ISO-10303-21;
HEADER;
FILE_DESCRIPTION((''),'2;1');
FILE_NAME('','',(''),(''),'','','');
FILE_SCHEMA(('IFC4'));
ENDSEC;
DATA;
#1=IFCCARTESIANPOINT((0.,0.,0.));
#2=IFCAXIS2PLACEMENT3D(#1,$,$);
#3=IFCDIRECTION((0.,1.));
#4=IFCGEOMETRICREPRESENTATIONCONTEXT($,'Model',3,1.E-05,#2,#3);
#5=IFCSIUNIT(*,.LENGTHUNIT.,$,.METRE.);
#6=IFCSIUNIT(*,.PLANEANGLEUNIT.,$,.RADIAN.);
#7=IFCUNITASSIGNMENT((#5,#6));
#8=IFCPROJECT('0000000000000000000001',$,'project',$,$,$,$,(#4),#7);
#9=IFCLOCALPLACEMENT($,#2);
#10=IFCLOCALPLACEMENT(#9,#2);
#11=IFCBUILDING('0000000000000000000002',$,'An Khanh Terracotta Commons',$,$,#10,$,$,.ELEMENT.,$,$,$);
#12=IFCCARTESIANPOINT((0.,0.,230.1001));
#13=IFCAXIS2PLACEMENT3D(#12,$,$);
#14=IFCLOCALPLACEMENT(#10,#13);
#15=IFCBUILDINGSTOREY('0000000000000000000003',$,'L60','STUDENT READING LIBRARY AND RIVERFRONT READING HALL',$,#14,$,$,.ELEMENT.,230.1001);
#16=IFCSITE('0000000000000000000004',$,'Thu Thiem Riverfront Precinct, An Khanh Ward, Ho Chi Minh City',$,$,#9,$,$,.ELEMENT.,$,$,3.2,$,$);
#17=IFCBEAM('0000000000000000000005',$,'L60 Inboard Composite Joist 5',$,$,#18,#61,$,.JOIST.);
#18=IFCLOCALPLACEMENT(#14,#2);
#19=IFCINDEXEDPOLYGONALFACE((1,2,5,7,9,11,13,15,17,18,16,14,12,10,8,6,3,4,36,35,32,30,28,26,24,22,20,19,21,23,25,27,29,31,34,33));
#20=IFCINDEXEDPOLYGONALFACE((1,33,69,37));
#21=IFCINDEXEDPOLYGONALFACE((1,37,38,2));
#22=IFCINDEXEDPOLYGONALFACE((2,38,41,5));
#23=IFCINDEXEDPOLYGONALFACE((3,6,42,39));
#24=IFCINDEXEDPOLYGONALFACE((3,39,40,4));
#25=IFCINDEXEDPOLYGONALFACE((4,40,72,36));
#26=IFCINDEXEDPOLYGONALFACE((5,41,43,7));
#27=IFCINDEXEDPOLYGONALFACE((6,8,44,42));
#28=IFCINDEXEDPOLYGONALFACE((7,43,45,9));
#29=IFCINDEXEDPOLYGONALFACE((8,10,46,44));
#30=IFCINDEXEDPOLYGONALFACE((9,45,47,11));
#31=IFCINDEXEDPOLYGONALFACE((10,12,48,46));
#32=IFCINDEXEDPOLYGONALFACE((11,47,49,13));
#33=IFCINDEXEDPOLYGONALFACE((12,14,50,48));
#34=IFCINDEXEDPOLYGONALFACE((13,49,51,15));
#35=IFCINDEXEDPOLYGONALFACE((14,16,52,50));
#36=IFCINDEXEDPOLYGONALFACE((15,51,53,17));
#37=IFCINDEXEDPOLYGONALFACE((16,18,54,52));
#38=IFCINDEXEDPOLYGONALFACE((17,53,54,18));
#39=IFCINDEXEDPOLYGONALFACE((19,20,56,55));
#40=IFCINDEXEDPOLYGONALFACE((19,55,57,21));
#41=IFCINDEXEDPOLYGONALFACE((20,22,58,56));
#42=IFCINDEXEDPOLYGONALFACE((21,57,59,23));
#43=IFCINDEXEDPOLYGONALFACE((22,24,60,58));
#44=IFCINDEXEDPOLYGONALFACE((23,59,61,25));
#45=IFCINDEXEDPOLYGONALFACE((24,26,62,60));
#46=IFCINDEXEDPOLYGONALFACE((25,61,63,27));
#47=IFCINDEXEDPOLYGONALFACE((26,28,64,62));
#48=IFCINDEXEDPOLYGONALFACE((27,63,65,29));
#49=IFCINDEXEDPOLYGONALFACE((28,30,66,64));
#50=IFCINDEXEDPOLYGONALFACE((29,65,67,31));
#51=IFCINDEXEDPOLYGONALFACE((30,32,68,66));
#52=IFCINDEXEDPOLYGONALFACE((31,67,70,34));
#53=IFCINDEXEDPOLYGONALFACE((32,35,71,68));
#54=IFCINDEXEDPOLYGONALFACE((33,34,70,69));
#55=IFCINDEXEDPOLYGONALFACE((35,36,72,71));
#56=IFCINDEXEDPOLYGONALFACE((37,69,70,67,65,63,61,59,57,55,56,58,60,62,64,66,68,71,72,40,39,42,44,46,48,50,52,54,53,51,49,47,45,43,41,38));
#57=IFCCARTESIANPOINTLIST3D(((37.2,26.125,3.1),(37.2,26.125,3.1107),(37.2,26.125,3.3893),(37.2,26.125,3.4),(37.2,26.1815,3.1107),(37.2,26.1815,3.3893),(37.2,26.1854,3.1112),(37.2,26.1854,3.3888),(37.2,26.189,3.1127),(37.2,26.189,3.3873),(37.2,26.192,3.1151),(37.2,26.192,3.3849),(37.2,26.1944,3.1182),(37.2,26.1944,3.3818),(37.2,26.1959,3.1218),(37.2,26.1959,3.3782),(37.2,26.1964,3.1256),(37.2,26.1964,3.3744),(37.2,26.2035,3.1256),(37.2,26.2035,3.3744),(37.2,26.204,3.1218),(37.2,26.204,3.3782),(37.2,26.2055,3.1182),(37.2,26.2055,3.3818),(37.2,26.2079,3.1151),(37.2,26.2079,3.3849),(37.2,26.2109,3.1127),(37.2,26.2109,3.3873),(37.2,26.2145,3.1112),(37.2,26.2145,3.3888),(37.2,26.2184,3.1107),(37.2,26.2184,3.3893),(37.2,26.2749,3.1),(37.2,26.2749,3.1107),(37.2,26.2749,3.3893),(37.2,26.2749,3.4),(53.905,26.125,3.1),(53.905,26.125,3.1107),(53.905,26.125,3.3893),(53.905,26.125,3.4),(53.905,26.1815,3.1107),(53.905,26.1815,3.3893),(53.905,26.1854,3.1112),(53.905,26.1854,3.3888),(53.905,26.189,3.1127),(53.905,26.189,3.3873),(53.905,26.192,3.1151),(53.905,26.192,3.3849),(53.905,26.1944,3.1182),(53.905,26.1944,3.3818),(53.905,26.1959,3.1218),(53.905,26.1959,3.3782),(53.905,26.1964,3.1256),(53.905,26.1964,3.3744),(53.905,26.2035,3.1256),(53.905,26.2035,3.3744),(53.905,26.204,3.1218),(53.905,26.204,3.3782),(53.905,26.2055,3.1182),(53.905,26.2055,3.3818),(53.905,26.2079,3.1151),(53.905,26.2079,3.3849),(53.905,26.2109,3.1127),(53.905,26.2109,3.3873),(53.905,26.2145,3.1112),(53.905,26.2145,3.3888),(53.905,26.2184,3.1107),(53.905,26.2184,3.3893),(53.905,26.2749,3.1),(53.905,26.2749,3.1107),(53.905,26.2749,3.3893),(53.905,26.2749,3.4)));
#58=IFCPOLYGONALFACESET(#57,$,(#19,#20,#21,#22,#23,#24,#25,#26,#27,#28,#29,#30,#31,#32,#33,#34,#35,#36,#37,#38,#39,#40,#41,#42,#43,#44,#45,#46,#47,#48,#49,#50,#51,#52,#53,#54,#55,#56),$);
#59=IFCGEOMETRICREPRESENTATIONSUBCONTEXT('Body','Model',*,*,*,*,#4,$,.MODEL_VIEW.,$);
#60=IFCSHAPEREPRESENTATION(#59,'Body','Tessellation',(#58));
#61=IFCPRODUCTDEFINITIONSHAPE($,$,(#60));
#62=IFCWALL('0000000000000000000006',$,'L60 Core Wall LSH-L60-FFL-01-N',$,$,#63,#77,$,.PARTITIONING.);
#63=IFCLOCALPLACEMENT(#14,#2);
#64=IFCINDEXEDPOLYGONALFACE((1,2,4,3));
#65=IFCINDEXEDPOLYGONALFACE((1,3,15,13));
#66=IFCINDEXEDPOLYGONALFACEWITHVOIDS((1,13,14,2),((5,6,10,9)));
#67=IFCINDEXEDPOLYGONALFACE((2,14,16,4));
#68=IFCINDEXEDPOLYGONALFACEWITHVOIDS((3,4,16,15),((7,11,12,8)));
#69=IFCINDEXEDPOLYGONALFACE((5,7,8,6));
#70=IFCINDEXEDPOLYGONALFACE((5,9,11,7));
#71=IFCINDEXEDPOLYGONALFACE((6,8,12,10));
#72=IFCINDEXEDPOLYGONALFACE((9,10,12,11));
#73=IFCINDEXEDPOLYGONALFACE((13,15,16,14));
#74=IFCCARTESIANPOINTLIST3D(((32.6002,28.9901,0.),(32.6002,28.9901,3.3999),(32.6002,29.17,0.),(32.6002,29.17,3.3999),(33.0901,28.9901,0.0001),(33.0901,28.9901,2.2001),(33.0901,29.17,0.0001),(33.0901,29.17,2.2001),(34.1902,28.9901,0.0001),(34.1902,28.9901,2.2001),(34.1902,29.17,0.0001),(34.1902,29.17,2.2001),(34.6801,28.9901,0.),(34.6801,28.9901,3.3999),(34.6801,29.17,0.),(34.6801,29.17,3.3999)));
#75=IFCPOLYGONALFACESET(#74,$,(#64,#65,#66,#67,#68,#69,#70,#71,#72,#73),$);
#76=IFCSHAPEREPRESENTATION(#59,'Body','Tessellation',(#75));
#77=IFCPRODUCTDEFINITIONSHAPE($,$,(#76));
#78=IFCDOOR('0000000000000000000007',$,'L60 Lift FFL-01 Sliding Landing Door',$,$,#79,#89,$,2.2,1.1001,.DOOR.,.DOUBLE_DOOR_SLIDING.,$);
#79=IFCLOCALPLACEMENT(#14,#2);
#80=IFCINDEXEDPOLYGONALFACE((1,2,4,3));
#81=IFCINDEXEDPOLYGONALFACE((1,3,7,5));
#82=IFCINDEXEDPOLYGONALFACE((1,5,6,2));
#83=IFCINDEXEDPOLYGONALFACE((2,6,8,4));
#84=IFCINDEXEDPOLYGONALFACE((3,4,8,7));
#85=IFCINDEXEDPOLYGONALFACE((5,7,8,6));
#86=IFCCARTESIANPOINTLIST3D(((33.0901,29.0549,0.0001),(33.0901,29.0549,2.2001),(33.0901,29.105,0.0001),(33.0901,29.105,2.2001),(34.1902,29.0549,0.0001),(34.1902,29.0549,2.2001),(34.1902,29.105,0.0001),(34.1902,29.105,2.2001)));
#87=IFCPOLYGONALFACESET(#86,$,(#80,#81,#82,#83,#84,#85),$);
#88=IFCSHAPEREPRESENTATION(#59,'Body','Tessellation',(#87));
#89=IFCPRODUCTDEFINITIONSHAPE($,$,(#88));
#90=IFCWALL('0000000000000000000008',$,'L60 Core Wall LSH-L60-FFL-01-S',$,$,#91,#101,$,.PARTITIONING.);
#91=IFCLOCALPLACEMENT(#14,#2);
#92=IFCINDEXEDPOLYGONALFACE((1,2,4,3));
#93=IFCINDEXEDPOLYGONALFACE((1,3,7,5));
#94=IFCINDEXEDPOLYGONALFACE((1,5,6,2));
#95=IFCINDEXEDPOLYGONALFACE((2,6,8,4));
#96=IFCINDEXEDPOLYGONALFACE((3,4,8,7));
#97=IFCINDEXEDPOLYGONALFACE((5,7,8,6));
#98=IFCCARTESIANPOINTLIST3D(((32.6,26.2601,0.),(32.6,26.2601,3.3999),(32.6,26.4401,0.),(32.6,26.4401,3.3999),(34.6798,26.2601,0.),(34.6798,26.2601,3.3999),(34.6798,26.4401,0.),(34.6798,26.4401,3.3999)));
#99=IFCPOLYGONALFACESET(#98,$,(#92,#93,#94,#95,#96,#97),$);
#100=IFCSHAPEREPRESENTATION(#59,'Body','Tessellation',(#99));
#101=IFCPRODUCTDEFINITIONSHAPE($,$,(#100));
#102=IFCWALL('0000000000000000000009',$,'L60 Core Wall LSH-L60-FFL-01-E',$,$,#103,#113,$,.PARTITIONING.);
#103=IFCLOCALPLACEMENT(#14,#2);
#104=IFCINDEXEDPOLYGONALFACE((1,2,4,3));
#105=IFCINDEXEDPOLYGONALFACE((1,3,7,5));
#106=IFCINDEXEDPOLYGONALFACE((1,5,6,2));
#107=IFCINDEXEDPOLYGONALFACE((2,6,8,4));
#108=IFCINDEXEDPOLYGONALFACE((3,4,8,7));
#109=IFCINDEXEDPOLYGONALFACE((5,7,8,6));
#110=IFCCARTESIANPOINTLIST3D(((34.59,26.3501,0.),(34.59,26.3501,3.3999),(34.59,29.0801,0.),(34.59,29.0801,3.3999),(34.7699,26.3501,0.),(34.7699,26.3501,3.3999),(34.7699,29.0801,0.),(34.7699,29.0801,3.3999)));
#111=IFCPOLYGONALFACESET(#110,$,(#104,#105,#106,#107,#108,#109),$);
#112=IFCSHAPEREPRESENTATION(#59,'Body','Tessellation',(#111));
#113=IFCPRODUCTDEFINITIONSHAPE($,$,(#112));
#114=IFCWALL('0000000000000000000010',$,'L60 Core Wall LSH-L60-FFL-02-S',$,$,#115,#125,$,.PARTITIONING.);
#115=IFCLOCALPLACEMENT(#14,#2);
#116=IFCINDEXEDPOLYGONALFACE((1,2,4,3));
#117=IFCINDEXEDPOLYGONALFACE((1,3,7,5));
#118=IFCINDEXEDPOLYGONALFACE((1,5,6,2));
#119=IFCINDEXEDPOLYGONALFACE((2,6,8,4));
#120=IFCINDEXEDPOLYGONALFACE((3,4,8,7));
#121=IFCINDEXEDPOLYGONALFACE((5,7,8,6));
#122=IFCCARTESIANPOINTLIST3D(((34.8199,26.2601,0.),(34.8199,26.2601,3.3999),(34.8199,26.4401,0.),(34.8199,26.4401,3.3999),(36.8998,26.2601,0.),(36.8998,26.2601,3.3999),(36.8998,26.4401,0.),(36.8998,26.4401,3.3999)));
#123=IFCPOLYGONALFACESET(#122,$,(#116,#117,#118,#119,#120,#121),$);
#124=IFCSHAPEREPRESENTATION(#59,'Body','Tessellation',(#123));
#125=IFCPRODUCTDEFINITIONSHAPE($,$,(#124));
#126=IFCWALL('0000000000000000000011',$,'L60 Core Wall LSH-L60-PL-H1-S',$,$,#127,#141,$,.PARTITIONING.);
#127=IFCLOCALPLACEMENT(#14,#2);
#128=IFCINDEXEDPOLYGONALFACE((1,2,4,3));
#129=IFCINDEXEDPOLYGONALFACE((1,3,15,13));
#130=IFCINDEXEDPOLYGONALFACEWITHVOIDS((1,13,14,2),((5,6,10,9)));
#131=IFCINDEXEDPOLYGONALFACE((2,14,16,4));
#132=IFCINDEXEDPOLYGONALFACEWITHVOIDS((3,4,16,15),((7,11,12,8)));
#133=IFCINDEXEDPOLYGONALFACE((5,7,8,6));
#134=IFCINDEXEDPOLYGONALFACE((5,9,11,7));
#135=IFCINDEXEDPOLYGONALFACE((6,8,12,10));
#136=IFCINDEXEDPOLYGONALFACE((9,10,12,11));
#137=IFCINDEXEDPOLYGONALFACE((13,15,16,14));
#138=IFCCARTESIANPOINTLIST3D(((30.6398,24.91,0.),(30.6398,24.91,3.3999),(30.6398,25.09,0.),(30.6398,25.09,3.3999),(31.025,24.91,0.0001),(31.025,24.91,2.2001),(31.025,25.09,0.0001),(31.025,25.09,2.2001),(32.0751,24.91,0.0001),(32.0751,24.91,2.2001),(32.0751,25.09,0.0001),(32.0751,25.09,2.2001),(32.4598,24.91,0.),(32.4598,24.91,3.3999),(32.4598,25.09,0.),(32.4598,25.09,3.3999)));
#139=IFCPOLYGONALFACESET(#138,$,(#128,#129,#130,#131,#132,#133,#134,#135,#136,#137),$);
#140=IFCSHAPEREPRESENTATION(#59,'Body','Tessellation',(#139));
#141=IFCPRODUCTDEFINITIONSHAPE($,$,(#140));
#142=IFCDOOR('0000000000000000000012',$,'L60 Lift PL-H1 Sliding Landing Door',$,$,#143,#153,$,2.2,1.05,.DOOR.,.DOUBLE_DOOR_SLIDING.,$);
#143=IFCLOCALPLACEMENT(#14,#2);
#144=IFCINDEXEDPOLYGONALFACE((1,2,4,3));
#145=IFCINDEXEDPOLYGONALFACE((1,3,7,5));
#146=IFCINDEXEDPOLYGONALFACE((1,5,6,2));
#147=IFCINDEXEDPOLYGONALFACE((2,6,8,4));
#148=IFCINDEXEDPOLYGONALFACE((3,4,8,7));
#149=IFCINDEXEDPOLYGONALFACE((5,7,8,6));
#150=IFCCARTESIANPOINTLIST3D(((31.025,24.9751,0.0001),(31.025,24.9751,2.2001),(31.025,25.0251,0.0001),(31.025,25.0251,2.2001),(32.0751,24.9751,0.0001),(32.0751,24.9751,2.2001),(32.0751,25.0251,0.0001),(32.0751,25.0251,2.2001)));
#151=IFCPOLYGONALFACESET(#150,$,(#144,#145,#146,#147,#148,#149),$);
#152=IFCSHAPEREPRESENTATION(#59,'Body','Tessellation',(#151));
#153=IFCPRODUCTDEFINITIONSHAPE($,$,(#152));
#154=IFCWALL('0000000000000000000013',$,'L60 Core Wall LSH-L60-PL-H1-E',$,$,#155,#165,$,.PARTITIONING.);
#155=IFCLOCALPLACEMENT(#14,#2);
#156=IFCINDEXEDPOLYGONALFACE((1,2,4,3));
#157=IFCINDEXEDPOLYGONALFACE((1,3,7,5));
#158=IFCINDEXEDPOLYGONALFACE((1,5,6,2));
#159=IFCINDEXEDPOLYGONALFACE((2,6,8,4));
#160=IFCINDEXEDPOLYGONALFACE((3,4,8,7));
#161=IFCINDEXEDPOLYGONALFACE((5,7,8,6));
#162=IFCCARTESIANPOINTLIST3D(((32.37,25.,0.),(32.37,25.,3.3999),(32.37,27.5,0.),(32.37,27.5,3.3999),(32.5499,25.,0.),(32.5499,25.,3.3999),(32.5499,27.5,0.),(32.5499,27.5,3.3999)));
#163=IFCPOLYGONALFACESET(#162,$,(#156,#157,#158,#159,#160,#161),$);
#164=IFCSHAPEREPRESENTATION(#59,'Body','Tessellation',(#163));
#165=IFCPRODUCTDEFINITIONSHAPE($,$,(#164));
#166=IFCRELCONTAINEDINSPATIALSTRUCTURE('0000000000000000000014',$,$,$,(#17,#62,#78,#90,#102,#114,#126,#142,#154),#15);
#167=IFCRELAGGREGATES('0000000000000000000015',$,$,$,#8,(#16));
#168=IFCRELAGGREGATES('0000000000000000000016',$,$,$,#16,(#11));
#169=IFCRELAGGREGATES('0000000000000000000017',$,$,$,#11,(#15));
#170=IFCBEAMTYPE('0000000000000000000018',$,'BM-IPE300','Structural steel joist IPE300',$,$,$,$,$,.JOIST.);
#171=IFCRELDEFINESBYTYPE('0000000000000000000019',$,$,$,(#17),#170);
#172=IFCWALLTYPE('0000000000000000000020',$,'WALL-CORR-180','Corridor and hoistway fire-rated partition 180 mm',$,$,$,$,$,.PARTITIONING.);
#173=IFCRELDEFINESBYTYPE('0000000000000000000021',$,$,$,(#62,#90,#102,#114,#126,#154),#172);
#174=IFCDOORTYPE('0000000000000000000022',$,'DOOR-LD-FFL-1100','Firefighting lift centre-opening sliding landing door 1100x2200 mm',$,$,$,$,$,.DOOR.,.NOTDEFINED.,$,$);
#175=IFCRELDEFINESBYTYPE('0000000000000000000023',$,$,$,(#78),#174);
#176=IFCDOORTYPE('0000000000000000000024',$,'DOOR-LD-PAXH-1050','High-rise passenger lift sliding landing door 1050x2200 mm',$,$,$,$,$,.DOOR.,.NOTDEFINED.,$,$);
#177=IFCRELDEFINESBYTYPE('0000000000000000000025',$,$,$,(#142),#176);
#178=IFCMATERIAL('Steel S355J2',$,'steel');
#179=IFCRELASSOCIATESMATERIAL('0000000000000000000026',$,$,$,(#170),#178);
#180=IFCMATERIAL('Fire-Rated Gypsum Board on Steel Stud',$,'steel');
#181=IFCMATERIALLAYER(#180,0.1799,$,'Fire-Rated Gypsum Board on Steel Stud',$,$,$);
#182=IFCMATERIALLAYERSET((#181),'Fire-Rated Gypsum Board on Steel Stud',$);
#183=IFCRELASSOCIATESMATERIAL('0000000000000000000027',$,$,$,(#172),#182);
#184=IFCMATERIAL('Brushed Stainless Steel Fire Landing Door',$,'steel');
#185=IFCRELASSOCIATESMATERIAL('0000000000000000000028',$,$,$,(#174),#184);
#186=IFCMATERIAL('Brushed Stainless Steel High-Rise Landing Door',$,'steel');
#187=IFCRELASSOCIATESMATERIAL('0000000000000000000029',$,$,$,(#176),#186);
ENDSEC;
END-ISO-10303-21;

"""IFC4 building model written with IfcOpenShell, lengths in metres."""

from ifc_helpers import new_model, si_unit, direction, frame, frame_2d, origin, origin_2d, place, context, subcontext, project, spatial, rectangle, i_section, extrude, material, layer, layer_set, material_profile, profile_set, type_object, element, fill, save


model = new_model("IFC4")

# Units and contexts
model_context = context("Model", 3, precision=1e-05, world=origin(), true_north=direction((0.0, 1.0)))
body_context = subcontext(model_context, "Body", "Model", "MODEL_VIEW")
ifc_project = project(units=[si_unit("LENGTHUNIT", "METRE"), si_unit("PLANEANGLEUNIT", "RADIAN")], contexts=[model_context])

# Site, building, storey
site_placement = place(None, origin())
site = spatial("IfcSite", under=ifc_project, at=site_placement, Name="Thu Thiem Riverfront Precinct, An Khanh Ward, Ho Chi Minh City", CompositionType="ELEMENT", RefElevation=3.2)
building_placement = place(site_placement, origin())
building = spatial("IfcBuilding", under=site, at=building_placement, Name="An Khanh Terracotta Commons", CompositionType="ELEMENT")
storey_placement = place(building_placement, frame((0.0, 0.0, 230.1001)))
storey = spatial("IfcBuildingStorey", under=building, at=storey_placement, Name="L60", Description="STUDENT READING LIBRARY AND RIVERFRONT READING HALL", CompositionType="ELEMENT", Elevation=230.1001)

# Beam
ifc_material_1 = material(Name="Steel S355J2", Category="steel")
ifc_material_profile_1 = material_profile(ifc_material_1, i_section(OverallWidth=0.1499, OverallDepth=0.3, WebThickness=0.0071, FlangeThickness=0.0107, FilletRadius=0.0149, at=origin_2d()), Name="IPE300")
ifc_profile_set_1 = profile_set([ifc_material_profile_1], Name="Steel S355J2")
beam_type_1 = type_object("IfcBeamType", Name="BM-IPE300", Description="Structural steel joist IPE300", PredefinedType="JOIST", material=ifc_profile_set_1)
for number, where, z_axis, x_axis, name in (
    (1, (37.2, 26.2, 3.25), (1.0, 0.0, 0.0), (0.0, 1.0, 0.0), "L60 Inboard Composite Joist 5"),
):
    element("IfcBeam", number, at=place(storey_placement, frame(where, z_axis=z_axis, x_axis=x_axis)), inside=storey, type_object=beam_type_1, Name=name, PredefinedType="JOIST", context=body_context, shape_type="SweptSolid", body=[
        extrude(i_section(OverallWidth=0.1499, OverallDepth=0.3, WebThickness=0.0071, FlangeThickness=0.0107, FilletRadius=0.0149, at=origin_2d()), origin(), (0.0, 0.0, 1.0), 16.7051),
    ])

# Wall, opening, door
ifc_material_2 = material(Name="Fire-Rated Gypsum Board on Steel Stud", Category="steel")
ifc_layer = layer(ifc_material_2, 0.1799, Name="Fire-Rated Gypsum Board on Steel Stud")
ifc_layer_set = layer_set([ifc_layer], Name="Fire-Rated Gypsum Board on Steel Stud")
wall_type = type_object("IfcWallType", Name="WALL-CORR-180", Description="Corridor and hoistway fire-rated partition 180 mm", PredefinedType="PARTITIONING", material=ifc_layer_set)
wall_1_placement = place(storey_placement, frame((32.6001, 29.0801, 0.0), z_axis=(0.0, 0.0, 1.0), x_axis=(1.0, 0.0, 0.0)))
wall_1 = element("IfcWall", 2, at=wall_1_placement, inside=storey, type_object=wall_type, Name="L60 Core Wall LSH-L60-FFL-01-N", PredefinedType="PARTITIONING", context=body_context, shape_type="SweptSolid", body=[
    extrude(rectangle(XDim=2.0798, YDim=0.1799, at=frame_2d((1.04, 0.0))), origin(), (0.0, 0.0, 1.0), 3.3999),
])
opening_1_placement = place(wall_1_placement, frame((0.49, 0.0, 0.0)))
opening_1 = element("IfcOpeningElement", 3, at=opening_1_placement, cuts=wall_1, PredefinedType="OPENING", context=body_context, shape_type="SweptSolid", body=[
    extrude(rectangle(XDim=1.1001, YDim=2.2, at=frame_2d((0.55, 1.1001))), frame((0.0, 0.0999, 0.0), z_axis=(0.0, -1.0, 0.0), x_axis=(1.0, 0.0, 0.0)), (0.0, 0.0, 1.0), 0.2),
])
ifc_material_3 = material(Name="Brushed Stainless Steel Fire Landing Door", Category="steel")
door_type_1 = type_object("IfcDoorType", Name="DOOR-LD-FFL-1100", Description="Firefighting lift centre-opening sliding landing door 1100x2200 mm", OperationType="NOTDEFINED", PredefinedType="DOOR", material=ifc_material_3)
door_1_placement = place(opening_1_placement, origin())
door_1 = element("IfcDoor", 4, at=door_1_placement, inside=storey, type_object=door_type_1, Name="L60 Lift FFL-01 Sliding Landing Door", OperationType="DOUBLE_DOOR_SLIDING", OverallHeight=2.2, OverallWidth=1.1001, PredefinedType="DOOR", context=body_context, shape_type="SweptSolid", body=[
    extrude(rectangle(XDim=1.1001, YDim=2.2, at=frame_2d((0.55, 1.1001))), frame((0.0, 0.0249, 0.0), z_axis=(0.0, -1.0, 0.0), x_axis=(1.0, 0.0, 0.0)), (0.0, 0.0, 1.0), 0.05),
])
fill(opening_1, door_1)

# Walls
wall_2_placement = place(storey_placement, frame((34.6799, 26.3501, 0.0), z_axis=(0.0, 0.0, 1.0), x_axis=(-1.0, 0.0, 0.0)))
element("IfcWall", 5, at=wall_2_placement, inside=storey, type_object=wall_type, Name="L60 Core Wall LSH-L60-FFL-01-S", PredefinedType="PARTITIONING", context=body_context, shape_type="SweptSolid", body=[
    extrude(rectangle(XDim=2.0798, YDim=0.1799, at=frame_2d((1.04, 0.0))), origin(), (0.0, 0.0, 1.0), 3.3999),
])
wall_3_placement = place(storey_placement, frame((34.6799, 26.3501, 0.0), z_axis=(0.0, 0.0, 1.0), x_axis=(0.0, 1.0, 0.0)))
element("IfcWall", 6, at=wall_3_placement, inside=storey, type_object=wall_type, Name="L60 Core Wall LSH-L60-FFL-01-E", PredefinedType="PARTITIONING", context=body_context, shape_type="SweptSolid", body=[
    extrude(rectangle(XDim=2.73, YDim=0.1799, at=frame_2d((1.365, 0.0))), origin(), (0.0, 0.0, 1.0), 3.3999),
])
wall_4_placement = place(storey_placement, frame((36.8999, 26.3501, 0.0), z_axis=(0.0, 0.0, 1.0), x_axis=(-1.0, 0.0, 0.0)))
element("IfcWall", 7, at=wall_4_placement, inside=storey, type_object=wall_type, Name="L60 Core Wall LSH-L60-FFL-02-S", PredefinedType="PARTITIONING", context=body_context, shape_type="SweptSolid", body=[
    extrude(rectangle(XDim=2.0798, YDim=0.1799, at=frame_2d((1.04, 0.0))), origin(), (0.0, 0.0, 1.0), 3.3999),
])

# Wall, opening, door
wall_5_placement = place(storey_placement, frame((32.46, 25.0, 0.0), z_axis=(0.0, 0.0, 1.0), x_axis=(-1.0, 0.0, 0.0)))
wall_5 = element("IfcWall", 8, at=wall_5_placement, inside=storey, type_object=wall_type, Name="L60 Core Wall LSH-L60-PL-H1-S", PredefinedType="PARTITIONING", context=body_context, shape_type="SweptSolid", body=[
    extrude(rectangle(XDim=1.8201, YDim=0.1799, at=frame_2d((0.9102, 0.0))), origin(), (0.0, 0.0, 1.0), 3.3999),
])
opening_2_placement = place(wall_5_placement, frame((0.385, 0.0, 0.0)))
opening_2 = element("IfcOpeningElement", 9, at=opening_2_placement, cuts=wall_5, PredefinedType="OPENING", context=body_context, shape_type="SweptSolid", body=[
    extrude(rectangle(XDim=1.05, YDim=2.2, at=frame_2d((0.5249, 1.1001))), frame((0.0, 0.0999, 0.0), z_axis=(0.0, -1.0, 0.0), x_axis=(1.0, 0.0, 0.0)), (0.0, 0.0, 1.0), 0.2),
])
ifc_material_4 = material(Name="Brushed Stainless Steel High-Rise Landing Door", Category="steel")
door_type_2 = type_object("IfcDoorType", Name="DOOR-LD-PAXH-1050", Description="High-rise passenger lift sliding landing door 1050x2200 mm", OperationType="NOTDEFINED", PredefinedType="DOOR", material=ifc_material_4)
door_2_placement = place(opening_2_placement, origin())
door_2 = element("IfcDoor", 10, at=door_2_placement, inside=storey, type_object=door_type_2, Name="L60 Lift PL-H1 Sliding Landing Door", OperationType="DOUBLE_DOOR_SLIDING", OverallHeight=2.2, OverallWidth=1.05, PredefinedType="DOOR", context=body_context, shape_type="SweptSolid", body=[
    extrude(rectangle(XDim=1.05, YDim=2.2, at=frame_2d((0.5249, 1.1001))), frame((0.0, 0.0249, 0.0), z_axis=(0.0, -1.0, 0.0), x_axis=(1.0, 0.0, 0.0)), (0.0, 0.0, 1.0), 0.05),
])
fill(opening_2, door_2)

# Wall
wall_6_placement = place(storey_placement, frame((32.46, 25.0, 0.0), z_axis=(0.0, 0.0, 1.0), x_axis=(0.0, 1.0, 0.0)))
element("IfcWall", 11, at=wall_6_placement, inside=storey, type_object=wall_type, Name="L60 Core Wall LSH-L60-PL-H1-E", PredefinedType="PARTITIONING", context=body_context, shape_type="SweptSolid", body=[
    extrude(rectangle(XDim=2.5, YDim=0.1799, at=frame_2d((1.25, 0.0))), origin(), (0.0, 0.0, 1.0), 3.3999),
])

save(model, "model.ifc")
